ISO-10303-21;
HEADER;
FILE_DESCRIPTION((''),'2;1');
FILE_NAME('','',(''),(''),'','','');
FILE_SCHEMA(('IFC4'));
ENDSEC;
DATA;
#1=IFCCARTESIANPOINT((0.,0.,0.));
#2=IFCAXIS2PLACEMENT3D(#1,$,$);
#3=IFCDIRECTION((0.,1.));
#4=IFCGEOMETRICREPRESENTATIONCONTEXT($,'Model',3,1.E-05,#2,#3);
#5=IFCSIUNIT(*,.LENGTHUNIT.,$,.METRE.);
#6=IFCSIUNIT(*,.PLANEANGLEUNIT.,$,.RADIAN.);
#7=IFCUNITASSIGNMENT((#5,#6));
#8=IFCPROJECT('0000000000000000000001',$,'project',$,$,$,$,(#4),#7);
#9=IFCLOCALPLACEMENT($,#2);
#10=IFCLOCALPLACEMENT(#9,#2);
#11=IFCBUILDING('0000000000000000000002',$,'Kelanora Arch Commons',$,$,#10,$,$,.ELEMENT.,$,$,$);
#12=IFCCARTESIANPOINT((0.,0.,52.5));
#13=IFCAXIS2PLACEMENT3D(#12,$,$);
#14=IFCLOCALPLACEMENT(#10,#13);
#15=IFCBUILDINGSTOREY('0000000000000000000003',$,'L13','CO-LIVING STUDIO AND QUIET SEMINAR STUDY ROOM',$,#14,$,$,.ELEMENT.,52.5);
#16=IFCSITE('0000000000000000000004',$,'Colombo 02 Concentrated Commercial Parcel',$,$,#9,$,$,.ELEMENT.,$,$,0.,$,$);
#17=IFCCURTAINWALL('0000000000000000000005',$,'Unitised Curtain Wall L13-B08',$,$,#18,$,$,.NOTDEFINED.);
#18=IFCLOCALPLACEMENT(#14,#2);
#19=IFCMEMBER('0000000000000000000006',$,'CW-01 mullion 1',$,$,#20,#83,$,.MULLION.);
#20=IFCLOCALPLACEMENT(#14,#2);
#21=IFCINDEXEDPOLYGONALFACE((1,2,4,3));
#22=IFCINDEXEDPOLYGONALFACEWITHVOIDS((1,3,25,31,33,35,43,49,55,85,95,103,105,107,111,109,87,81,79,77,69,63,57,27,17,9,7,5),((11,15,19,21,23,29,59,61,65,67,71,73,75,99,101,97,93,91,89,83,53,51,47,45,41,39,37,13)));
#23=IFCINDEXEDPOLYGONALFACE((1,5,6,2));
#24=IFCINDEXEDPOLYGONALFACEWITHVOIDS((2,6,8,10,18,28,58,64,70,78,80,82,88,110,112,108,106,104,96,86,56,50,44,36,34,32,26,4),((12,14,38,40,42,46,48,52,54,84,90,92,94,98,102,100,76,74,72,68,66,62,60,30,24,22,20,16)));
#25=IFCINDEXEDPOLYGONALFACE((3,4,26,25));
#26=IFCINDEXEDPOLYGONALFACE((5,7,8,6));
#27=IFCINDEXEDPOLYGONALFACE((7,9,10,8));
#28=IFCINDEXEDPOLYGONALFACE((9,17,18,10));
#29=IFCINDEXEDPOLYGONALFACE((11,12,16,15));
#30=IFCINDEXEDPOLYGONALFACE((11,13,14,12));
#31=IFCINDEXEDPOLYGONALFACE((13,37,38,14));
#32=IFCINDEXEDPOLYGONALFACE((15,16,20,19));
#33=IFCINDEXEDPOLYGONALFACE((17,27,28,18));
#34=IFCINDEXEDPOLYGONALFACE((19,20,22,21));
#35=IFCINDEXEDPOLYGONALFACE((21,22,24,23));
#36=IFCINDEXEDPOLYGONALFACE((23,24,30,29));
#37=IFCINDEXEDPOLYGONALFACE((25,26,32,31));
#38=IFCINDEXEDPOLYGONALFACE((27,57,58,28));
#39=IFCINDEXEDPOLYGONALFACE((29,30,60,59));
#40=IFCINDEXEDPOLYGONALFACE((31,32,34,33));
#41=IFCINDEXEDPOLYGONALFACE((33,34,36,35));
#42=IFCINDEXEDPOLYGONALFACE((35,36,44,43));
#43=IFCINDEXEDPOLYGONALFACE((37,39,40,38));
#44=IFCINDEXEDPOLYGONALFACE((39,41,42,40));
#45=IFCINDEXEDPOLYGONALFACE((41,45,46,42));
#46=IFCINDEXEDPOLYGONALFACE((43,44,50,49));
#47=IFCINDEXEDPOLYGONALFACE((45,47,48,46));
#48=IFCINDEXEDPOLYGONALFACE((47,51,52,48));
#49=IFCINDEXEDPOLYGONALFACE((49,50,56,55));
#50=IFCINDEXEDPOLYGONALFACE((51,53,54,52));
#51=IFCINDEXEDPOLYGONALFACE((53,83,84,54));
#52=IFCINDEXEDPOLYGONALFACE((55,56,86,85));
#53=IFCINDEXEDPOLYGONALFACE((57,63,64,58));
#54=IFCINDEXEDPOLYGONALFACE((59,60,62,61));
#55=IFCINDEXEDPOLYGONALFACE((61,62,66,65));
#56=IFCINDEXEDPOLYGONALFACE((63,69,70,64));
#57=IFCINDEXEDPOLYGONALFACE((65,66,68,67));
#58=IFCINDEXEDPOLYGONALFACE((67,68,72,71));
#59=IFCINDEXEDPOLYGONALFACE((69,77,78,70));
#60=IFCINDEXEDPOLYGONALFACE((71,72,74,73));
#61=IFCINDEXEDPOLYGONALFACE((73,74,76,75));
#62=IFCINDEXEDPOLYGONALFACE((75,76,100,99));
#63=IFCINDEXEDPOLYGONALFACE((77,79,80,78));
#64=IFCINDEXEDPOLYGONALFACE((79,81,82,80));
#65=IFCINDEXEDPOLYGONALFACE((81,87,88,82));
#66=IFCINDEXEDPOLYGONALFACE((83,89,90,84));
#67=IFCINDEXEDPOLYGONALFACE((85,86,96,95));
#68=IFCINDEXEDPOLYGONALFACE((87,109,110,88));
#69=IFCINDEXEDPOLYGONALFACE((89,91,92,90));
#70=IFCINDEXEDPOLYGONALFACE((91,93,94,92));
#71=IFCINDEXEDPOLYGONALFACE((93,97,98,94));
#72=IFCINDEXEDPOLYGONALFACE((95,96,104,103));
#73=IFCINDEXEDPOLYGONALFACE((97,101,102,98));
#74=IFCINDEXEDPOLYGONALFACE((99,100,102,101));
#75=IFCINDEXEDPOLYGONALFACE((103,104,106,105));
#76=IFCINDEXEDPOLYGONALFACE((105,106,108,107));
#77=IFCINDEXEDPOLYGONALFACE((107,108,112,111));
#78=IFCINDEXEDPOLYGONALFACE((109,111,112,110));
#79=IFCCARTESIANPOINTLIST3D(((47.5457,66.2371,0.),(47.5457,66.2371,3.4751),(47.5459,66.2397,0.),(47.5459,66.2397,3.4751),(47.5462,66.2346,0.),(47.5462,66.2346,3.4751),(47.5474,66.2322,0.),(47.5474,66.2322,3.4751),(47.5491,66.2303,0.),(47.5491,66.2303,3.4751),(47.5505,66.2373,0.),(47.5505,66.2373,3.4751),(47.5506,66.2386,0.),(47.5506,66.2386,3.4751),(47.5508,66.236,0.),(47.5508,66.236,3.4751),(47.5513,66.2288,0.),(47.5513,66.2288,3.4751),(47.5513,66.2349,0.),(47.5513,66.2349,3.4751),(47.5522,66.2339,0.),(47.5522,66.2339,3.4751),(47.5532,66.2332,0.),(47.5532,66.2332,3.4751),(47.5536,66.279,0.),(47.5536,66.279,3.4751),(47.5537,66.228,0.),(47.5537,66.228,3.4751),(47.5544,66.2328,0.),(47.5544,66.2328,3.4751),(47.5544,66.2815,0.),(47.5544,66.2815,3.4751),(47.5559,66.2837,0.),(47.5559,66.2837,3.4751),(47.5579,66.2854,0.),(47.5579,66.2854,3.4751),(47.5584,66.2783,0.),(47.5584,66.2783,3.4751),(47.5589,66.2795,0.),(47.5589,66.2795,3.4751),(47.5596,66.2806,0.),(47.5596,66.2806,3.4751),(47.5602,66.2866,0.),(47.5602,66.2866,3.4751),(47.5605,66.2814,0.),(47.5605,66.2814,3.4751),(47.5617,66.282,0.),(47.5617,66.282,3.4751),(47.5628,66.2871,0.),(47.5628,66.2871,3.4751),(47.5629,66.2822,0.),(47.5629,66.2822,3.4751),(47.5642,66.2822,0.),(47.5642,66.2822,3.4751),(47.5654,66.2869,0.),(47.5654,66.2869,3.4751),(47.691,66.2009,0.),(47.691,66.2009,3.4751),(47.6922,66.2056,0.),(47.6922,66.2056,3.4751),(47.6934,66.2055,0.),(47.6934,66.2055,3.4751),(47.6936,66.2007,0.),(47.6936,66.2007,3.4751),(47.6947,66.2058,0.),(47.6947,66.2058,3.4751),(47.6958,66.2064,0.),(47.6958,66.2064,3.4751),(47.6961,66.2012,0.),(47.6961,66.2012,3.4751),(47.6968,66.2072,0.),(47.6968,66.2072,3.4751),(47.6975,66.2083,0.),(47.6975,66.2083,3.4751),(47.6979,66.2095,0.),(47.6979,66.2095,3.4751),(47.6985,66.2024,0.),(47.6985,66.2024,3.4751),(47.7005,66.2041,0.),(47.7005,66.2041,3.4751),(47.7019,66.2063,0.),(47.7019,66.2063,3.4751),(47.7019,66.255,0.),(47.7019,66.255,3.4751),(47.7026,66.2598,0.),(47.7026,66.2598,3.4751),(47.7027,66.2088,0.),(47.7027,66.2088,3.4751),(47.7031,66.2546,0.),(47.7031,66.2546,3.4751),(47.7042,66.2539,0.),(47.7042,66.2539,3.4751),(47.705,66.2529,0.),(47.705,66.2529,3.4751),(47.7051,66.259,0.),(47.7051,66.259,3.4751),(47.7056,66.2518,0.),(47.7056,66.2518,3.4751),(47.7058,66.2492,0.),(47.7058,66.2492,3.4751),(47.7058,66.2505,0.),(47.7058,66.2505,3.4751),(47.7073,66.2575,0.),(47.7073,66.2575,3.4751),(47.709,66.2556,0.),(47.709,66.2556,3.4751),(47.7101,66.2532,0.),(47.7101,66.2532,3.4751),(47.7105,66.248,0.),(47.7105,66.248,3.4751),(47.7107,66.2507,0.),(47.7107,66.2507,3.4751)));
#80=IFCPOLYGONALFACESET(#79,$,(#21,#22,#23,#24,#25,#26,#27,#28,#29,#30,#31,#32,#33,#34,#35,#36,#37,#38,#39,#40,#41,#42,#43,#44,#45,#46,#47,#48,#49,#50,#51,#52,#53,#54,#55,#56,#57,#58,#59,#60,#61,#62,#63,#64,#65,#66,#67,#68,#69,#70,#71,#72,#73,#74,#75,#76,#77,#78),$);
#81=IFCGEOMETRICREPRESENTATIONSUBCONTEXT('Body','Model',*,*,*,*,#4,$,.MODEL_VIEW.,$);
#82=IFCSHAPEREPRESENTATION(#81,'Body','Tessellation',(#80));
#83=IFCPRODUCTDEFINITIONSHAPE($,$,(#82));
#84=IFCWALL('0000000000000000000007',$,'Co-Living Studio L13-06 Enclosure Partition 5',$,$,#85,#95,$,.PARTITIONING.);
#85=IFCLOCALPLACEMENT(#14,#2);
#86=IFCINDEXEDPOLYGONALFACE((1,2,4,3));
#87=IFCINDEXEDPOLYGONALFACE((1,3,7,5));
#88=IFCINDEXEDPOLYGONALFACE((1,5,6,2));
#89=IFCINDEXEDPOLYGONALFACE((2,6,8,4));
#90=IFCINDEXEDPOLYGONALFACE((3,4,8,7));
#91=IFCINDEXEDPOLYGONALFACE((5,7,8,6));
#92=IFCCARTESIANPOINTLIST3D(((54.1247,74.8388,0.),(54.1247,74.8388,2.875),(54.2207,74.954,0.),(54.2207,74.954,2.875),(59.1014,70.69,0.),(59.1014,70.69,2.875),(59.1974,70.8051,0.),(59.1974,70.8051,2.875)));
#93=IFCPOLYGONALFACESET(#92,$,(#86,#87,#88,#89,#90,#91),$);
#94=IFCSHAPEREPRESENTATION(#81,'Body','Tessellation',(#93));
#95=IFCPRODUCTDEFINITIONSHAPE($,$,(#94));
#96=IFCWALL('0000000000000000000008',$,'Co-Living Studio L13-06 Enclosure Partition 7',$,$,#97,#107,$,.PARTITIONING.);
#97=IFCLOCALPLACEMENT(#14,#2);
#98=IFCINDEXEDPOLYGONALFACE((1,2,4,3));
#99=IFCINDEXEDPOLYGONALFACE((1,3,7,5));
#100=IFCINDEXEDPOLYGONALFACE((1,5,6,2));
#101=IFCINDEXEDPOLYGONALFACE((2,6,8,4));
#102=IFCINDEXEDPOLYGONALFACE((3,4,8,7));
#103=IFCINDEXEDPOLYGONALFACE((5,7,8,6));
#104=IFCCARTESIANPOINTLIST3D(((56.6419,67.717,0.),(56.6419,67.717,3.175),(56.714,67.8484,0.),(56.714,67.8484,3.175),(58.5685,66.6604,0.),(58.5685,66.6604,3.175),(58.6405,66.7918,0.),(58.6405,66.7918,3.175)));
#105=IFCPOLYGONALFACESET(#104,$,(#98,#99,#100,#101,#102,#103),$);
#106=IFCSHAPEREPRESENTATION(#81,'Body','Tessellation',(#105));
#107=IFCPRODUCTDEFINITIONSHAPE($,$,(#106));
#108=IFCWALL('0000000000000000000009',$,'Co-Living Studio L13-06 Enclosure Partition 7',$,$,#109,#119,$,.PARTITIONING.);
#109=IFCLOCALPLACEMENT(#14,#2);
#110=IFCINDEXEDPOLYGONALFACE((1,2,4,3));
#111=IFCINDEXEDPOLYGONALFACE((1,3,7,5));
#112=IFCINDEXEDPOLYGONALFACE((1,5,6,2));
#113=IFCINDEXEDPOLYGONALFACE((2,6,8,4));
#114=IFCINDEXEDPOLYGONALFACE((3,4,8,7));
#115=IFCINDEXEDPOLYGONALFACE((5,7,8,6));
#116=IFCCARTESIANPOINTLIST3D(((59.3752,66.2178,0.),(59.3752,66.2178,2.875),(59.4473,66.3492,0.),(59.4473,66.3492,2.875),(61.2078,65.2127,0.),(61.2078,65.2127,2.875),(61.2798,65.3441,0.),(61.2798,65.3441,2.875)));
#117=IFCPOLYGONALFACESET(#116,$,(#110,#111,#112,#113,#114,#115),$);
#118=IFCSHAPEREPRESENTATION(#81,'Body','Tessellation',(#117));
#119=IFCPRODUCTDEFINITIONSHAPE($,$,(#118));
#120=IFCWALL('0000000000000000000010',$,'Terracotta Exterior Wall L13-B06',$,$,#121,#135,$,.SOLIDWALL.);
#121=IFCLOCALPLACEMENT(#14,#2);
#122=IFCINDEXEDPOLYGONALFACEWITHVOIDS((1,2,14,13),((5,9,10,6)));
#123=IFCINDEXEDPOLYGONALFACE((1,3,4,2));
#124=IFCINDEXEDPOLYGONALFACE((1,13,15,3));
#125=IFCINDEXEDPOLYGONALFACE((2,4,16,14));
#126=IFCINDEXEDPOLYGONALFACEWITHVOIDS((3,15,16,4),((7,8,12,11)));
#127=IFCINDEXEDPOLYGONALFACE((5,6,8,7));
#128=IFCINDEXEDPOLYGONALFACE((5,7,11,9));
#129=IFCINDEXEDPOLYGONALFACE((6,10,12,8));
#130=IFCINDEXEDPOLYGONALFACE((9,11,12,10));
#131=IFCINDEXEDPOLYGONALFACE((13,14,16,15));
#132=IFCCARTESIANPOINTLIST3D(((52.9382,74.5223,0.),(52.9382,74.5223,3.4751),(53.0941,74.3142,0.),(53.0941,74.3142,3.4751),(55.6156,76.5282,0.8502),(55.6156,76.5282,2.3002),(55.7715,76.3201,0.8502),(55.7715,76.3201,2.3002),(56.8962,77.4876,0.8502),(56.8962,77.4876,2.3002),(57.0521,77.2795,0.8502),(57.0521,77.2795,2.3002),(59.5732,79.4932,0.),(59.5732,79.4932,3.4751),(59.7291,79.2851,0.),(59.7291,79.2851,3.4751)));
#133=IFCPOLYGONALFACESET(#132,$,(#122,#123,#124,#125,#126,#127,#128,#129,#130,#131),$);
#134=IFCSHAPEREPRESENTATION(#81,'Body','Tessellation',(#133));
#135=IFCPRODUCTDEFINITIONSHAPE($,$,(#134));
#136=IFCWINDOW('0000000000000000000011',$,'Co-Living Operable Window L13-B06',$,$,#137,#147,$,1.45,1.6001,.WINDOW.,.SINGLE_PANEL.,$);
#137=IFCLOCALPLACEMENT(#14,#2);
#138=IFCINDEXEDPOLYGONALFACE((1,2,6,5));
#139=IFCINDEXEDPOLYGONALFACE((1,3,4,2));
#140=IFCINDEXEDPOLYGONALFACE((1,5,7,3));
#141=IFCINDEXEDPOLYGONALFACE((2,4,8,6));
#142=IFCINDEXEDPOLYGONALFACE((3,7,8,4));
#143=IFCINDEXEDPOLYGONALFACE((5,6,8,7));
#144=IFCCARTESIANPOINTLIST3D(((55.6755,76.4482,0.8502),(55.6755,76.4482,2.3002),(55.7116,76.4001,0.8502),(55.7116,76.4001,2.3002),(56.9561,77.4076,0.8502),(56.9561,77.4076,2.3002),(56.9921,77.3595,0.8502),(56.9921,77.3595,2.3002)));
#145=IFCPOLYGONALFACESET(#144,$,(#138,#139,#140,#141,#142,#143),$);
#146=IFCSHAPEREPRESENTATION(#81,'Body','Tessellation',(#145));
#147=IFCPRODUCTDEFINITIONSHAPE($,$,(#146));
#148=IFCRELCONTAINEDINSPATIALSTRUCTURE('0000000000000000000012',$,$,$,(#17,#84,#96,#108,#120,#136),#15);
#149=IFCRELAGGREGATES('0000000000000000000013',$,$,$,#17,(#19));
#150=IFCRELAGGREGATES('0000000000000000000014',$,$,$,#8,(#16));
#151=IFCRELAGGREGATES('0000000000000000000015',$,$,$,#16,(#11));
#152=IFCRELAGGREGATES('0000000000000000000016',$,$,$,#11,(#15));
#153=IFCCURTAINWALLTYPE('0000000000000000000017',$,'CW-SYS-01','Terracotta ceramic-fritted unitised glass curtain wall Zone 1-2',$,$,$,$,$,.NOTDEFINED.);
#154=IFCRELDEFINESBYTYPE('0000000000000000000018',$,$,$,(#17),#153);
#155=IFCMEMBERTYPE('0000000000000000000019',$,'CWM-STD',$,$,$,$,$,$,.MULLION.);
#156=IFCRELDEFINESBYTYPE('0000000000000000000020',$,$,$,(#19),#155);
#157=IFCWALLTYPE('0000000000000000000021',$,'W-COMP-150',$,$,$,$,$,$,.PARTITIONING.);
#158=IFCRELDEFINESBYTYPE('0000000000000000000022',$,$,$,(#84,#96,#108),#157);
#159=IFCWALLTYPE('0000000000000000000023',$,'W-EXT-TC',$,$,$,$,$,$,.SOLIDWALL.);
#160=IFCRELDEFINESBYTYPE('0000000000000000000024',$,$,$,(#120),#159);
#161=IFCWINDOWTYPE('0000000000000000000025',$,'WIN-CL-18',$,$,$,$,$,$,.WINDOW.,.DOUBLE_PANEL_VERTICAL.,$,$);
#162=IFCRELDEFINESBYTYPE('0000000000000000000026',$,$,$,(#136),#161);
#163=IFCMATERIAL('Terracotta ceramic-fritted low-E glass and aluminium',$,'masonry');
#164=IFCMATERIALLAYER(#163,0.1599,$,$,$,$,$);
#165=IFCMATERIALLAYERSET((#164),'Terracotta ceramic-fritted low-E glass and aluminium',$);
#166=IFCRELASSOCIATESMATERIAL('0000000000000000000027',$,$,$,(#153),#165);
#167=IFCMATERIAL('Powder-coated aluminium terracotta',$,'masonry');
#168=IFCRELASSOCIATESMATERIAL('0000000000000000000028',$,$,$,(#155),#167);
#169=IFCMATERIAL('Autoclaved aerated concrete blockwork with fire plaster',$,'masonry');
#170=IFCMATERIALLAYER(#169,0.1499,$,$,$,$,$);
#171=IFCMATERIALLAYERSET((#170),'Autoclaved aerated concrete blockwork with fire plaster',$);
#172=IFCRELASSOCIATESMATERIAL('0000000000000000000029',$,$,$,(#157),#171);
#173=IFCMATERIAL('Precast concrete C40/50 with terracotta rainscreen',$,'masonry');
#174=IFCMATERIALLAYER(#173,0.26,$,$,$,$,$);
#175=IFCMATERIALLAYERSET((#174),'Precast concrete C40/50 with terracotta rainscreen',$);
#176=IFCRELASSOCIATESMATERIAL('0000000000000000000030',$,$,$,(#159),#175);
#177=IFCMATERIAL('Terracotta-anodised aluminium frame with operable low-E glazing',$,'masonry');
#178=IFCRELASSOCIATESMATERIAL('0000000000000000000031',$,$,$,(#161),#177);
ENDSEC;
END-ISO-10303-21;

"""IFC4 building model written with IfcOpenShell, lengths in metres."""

from ifc_helpers import new_model, si_unit, direction, frame, frame_2d, origin, origin_2d, place, context, subcontext, project, spatial, rectangle, hollow_rectangle, extrude, material, layer, layer_set, material_profile, profile_set, type_object, element, fill, aggregate, save


model = new_model("IFC4")

# Units and contexts
model_context = context("Model", 3, precision=1e-05, world=origin(), true_north=direction((0.0, 1.0)))
body_context = subcontext(model_context, "Body", "Model", "MODEL_VIEW")
ifc_project = project(units=[si_unit("LENGTHUNIT", "METRE"), si_unit("PLANEANGLEUNIT", "RADIAN")], contexts=[model_context])

# Site, building, storey
site_placement = place(None, origin())
site = spatial("IfcSite", under=ifc_project, at=site_placement, Name="Colombo 02 Concentrated Commercial Parcel", CompositionType="ELEMENT", RefElevation=0.0)
building_placement = place(site_placement, origin())
building = spatial("IfcBuilding", under=site, at=building_placement, Name="Kelanora Arch Commons", CompositionType="ELEMENT")
storey_placement = place(building_placement, frame((0.0, 0.0, 52.5)))
storey = spatial("IfcBuildingStorey", under=building, at=storey_placement, Name="L13", Description="CO-LIVING STUDIO AND QUIET SEMINAR STUDY ROOM", CompositionType="ELEMENT", Elevation=52.5)

# Curtain wall, member
ifc_material_1 = material(Name="Terracotta ceramic-fritted low-E glass and aluminium", Category="masonry")
ifc_layer_1 = layer(ifc_material_1, 0.1599)
ifc_layer_set_1 = layer_set([ifc_layer_1], Name="Terracotta ceramic-fritted low-E glass and aluminium")
curtain_wall_type = type_object("IfcCurtainWallType", Name="CW-SYS-01", Description="Terracotta ceramic-fritted unitised glass curtain wall Zone 1-2", PredefinedType="NOTDEFINED", material=ifc_layer_set_1)
ifc_material_2 = material(Name="Powder-coated aluminium terracotta", Category="masonry")
ifc_material_profile_1 = material_profile(ifc_material_2, hollow_rectangle(XDim=0.1599, YDim=0.0601, WallThickness=0.0049, InnerFilletRadius=0.0049, OuterFilletRadius=0.01, at=origin_2d()), Name="CWM160x60")
ifc_profile_set_1 = profile_set([ifc_material_profile_1], Name="Powder-coated aluminium terracotta")
member_type = type_object("IfcMemberType", Name="CWM-STD", PredefinedType="MULLION", material=ifc_profile_set_1)
curtain_wall_1_placement = place(storey_placement, origin())
curtain_wall_1 = element("IfcCurtainWall", 1, at=curtain_wall_1_placement, inside=storey, type_object=curtain_wall_type, Name="Unitised Curtain Wall L13-B08", PredefinedType="NOTDEFINED")
member_1_placement = place(storey_placement, frame((47.6282, 66.2439, 0.0), z_axis=(0.0, 0.0, 1.0), x_axis=(0.981052, -0.193744, 0.0)))
member_1 = element("IfcMember", 2, at=member_1_placement, type_object=member_type, Name="CW-01 mullion 1", PredefinedType="MULLION", context=body_context, shape_type="SweptSolid", body=[
    extrude(hollow_rectangle(XDim=0.1599, YDim=0.0601, WallThickness=0.0049, InnerFilletRadius=0.0049, OuterFilletRadius=0.01, at=origin_2d()), origin(), (0.0, 0.0, 1.0), 3.4751),
])
aggregate(curtain_wall_1, [member_1])

# Walls
ifc_material_3 = material(Name="Autoclaved aerated concrete blockwork with fire plaster", Category="masonry")
ifc_layer_2 = layer(ifc_material_3, 0.1499)
ifc_layer_set_2 = layer_set([ifc_layer_2], Name="Autoclaved aerated concrete blockwork with fire plaster")
wall_type_1 = type_object("IfcWallType", Name="W-COMP-150", PredefinedType="PARTITIONING", material=ifc_layer_set_2)
wall_1_placement = place(storey_placement, frame((54.1726, 74.8965, 0.0), z_axis=(0.0, 0.0, 1.0), x_axis=(0.768101, -0.640329, 0.0)))
element("IfcWall", 3, at=wall_1_placement, inside=storey, type_object=wall_type_1, Name="Co-Living Studio L13-06 Enclosure Partition 5", PredefinedType="PARTITIONING", context=body_context, shape_type="SweptSolid", body=[
    extrude(rectangle(XDim=6.4792, YDim=0.1499, at=frame_2d((3.2397, 0.0))), origin(), (0.0, 0.0, 1.0), 2.875),
])
wall_2_placement = place(storey_placement, frame((56.678, 67.7827, 0.0), z_axis=(0.0, 0.0, 1.0), x_axis=(0.876781, -0.48089, 0.0)))
element("IfcWall", 4, at=wall_2_placement, inside=storey, type_object=wall_type_1, Name="Co-Living Studio L13-06 Enclosure Partition 7", PredefinedType="PARTITIONING", context=body_context, shape_type="SweptSolid", body=[
    extrude(rectangle(XDim=2.1973, YDim=0.1499, at=frame_2d((1.0986, 0.0))), origin(), (0.0, 0.0, 1.0), 3.175),
])
wall_3_placement = place(storey_placement, frame((59.4114, 66.2834, 0.0), z_axis=(0.0, 0.0, 1.0), x_axis=(0.876773, -0.480905, 0.0)))
element("IfcWall", 5, at=wall_3_placement, inside=storey, type_object=wall_type_1, Name="Co-Living Studio L13-06 Enclosure Partition 7", PredefinedType="PARTITIONING", context=body_context, shape_type="SweptSolid", body=[
    extrude(rectangle(XDim=2.0901, YDim=0.1499, at=frame_2d((1.0449, 0.0))), origin(), (0.0, 0.0, 1.0), 2.875),
])

# Wall, opening, window
ifc_material_4 = material(Name="Precast concrete C40/50 with terracotta rainscreen", Category="masonry")
ifc_layer_3 = layer(ifc_material_4, 0.26)
ifc_layer_set_3 = layer_set([ifc_layer_3], Name="Precast concrete C40/50 with terracotta rainscreen")
wall_type_2 = type_object("IfcWallType", Name="W-EXT-TC", PredefinedType="SOLIDWALL", material=ifc_layer_set_3)
wall_4_placement = place(storey_placement, frame((59.6511, 79.3892, 0.0), z_axis=(0.0, 0.0, 1.0), x_axis=(-0.800307, -0.59959, 0.0)))
wall_4 = element("IfcWall", 6, at=wall_4_placement, inside=storey, type_object=wall_type_2, Name="Terracotta Exterior Wall L13-B06", PredefinedType="SOLIDWALL", context=body_context, shape_type="SweptSolid", body=[
    extrude(rectangle(XDim=8.2905, YDim=0.26, at=frame_2d((4.1453, 0.0))), origin(), (0.0, 0.0, 1.0), 3.4751),
])
opening_1_placement = place(wall_4_placement, frame((3.345, 0.0, 0.8501)))
opening_1 = element("IfcOpeningElement", 7, at=opening_1_placement, cuts=wall_4, PredefinedType="OPENING", context=body_context, shape_type="SweptSolid", body=[
    extrude(rectangle(XDim=1.6001, YDim=1.45, at=frame_2d((0.8, 0.7251))), frame((0.0, 0.1401, 0.0), z_axis=(0.0, -1.0, 0.0), x_axis=(1.0, 0.0, 0.0)), (0.0, 0.0, 1.0), 0.28),
])
ifc_material_5 = material(Name="Terracotta-anodised aluminium frame with operable low-E glazing", Category="masonry")
window_type_1 = type_object("IfcWindowType", Name="WIN-CL-18", PartitioningType="DOUBLE_PANEL_VERTICAL", PredefinedType="WINDOW", material=ifc_material_5)
window_1_placement = place(opening_1_placement, origin())
window_1 = element("IfcWindow", 8, at=window_1_placement, inside=storey, type_object=window_type_1, Name="Co-Living Operable Window L13-B06", OverallHeight=1.45, OverallWidth=1.6001, PartitioningType="SINGLE_PANEL", PredefinedType="WINDOW", context=body_context, shape_type="SweptSolid", body=[
    extrude(rectangle(XDim=1.6001, YDim=1.45, at=frame_2d((0.8, 0.7251))), frame((0.0, 0.03, 0.0), z_axis=(0.0, -1.0, 0.0), x_axis=(1.0, 0.0, 0.0)), (0.0, 0.0, 1.0), 0.0601),
])
fill(opening_1, window_1)

save(model, "model.ifc")
